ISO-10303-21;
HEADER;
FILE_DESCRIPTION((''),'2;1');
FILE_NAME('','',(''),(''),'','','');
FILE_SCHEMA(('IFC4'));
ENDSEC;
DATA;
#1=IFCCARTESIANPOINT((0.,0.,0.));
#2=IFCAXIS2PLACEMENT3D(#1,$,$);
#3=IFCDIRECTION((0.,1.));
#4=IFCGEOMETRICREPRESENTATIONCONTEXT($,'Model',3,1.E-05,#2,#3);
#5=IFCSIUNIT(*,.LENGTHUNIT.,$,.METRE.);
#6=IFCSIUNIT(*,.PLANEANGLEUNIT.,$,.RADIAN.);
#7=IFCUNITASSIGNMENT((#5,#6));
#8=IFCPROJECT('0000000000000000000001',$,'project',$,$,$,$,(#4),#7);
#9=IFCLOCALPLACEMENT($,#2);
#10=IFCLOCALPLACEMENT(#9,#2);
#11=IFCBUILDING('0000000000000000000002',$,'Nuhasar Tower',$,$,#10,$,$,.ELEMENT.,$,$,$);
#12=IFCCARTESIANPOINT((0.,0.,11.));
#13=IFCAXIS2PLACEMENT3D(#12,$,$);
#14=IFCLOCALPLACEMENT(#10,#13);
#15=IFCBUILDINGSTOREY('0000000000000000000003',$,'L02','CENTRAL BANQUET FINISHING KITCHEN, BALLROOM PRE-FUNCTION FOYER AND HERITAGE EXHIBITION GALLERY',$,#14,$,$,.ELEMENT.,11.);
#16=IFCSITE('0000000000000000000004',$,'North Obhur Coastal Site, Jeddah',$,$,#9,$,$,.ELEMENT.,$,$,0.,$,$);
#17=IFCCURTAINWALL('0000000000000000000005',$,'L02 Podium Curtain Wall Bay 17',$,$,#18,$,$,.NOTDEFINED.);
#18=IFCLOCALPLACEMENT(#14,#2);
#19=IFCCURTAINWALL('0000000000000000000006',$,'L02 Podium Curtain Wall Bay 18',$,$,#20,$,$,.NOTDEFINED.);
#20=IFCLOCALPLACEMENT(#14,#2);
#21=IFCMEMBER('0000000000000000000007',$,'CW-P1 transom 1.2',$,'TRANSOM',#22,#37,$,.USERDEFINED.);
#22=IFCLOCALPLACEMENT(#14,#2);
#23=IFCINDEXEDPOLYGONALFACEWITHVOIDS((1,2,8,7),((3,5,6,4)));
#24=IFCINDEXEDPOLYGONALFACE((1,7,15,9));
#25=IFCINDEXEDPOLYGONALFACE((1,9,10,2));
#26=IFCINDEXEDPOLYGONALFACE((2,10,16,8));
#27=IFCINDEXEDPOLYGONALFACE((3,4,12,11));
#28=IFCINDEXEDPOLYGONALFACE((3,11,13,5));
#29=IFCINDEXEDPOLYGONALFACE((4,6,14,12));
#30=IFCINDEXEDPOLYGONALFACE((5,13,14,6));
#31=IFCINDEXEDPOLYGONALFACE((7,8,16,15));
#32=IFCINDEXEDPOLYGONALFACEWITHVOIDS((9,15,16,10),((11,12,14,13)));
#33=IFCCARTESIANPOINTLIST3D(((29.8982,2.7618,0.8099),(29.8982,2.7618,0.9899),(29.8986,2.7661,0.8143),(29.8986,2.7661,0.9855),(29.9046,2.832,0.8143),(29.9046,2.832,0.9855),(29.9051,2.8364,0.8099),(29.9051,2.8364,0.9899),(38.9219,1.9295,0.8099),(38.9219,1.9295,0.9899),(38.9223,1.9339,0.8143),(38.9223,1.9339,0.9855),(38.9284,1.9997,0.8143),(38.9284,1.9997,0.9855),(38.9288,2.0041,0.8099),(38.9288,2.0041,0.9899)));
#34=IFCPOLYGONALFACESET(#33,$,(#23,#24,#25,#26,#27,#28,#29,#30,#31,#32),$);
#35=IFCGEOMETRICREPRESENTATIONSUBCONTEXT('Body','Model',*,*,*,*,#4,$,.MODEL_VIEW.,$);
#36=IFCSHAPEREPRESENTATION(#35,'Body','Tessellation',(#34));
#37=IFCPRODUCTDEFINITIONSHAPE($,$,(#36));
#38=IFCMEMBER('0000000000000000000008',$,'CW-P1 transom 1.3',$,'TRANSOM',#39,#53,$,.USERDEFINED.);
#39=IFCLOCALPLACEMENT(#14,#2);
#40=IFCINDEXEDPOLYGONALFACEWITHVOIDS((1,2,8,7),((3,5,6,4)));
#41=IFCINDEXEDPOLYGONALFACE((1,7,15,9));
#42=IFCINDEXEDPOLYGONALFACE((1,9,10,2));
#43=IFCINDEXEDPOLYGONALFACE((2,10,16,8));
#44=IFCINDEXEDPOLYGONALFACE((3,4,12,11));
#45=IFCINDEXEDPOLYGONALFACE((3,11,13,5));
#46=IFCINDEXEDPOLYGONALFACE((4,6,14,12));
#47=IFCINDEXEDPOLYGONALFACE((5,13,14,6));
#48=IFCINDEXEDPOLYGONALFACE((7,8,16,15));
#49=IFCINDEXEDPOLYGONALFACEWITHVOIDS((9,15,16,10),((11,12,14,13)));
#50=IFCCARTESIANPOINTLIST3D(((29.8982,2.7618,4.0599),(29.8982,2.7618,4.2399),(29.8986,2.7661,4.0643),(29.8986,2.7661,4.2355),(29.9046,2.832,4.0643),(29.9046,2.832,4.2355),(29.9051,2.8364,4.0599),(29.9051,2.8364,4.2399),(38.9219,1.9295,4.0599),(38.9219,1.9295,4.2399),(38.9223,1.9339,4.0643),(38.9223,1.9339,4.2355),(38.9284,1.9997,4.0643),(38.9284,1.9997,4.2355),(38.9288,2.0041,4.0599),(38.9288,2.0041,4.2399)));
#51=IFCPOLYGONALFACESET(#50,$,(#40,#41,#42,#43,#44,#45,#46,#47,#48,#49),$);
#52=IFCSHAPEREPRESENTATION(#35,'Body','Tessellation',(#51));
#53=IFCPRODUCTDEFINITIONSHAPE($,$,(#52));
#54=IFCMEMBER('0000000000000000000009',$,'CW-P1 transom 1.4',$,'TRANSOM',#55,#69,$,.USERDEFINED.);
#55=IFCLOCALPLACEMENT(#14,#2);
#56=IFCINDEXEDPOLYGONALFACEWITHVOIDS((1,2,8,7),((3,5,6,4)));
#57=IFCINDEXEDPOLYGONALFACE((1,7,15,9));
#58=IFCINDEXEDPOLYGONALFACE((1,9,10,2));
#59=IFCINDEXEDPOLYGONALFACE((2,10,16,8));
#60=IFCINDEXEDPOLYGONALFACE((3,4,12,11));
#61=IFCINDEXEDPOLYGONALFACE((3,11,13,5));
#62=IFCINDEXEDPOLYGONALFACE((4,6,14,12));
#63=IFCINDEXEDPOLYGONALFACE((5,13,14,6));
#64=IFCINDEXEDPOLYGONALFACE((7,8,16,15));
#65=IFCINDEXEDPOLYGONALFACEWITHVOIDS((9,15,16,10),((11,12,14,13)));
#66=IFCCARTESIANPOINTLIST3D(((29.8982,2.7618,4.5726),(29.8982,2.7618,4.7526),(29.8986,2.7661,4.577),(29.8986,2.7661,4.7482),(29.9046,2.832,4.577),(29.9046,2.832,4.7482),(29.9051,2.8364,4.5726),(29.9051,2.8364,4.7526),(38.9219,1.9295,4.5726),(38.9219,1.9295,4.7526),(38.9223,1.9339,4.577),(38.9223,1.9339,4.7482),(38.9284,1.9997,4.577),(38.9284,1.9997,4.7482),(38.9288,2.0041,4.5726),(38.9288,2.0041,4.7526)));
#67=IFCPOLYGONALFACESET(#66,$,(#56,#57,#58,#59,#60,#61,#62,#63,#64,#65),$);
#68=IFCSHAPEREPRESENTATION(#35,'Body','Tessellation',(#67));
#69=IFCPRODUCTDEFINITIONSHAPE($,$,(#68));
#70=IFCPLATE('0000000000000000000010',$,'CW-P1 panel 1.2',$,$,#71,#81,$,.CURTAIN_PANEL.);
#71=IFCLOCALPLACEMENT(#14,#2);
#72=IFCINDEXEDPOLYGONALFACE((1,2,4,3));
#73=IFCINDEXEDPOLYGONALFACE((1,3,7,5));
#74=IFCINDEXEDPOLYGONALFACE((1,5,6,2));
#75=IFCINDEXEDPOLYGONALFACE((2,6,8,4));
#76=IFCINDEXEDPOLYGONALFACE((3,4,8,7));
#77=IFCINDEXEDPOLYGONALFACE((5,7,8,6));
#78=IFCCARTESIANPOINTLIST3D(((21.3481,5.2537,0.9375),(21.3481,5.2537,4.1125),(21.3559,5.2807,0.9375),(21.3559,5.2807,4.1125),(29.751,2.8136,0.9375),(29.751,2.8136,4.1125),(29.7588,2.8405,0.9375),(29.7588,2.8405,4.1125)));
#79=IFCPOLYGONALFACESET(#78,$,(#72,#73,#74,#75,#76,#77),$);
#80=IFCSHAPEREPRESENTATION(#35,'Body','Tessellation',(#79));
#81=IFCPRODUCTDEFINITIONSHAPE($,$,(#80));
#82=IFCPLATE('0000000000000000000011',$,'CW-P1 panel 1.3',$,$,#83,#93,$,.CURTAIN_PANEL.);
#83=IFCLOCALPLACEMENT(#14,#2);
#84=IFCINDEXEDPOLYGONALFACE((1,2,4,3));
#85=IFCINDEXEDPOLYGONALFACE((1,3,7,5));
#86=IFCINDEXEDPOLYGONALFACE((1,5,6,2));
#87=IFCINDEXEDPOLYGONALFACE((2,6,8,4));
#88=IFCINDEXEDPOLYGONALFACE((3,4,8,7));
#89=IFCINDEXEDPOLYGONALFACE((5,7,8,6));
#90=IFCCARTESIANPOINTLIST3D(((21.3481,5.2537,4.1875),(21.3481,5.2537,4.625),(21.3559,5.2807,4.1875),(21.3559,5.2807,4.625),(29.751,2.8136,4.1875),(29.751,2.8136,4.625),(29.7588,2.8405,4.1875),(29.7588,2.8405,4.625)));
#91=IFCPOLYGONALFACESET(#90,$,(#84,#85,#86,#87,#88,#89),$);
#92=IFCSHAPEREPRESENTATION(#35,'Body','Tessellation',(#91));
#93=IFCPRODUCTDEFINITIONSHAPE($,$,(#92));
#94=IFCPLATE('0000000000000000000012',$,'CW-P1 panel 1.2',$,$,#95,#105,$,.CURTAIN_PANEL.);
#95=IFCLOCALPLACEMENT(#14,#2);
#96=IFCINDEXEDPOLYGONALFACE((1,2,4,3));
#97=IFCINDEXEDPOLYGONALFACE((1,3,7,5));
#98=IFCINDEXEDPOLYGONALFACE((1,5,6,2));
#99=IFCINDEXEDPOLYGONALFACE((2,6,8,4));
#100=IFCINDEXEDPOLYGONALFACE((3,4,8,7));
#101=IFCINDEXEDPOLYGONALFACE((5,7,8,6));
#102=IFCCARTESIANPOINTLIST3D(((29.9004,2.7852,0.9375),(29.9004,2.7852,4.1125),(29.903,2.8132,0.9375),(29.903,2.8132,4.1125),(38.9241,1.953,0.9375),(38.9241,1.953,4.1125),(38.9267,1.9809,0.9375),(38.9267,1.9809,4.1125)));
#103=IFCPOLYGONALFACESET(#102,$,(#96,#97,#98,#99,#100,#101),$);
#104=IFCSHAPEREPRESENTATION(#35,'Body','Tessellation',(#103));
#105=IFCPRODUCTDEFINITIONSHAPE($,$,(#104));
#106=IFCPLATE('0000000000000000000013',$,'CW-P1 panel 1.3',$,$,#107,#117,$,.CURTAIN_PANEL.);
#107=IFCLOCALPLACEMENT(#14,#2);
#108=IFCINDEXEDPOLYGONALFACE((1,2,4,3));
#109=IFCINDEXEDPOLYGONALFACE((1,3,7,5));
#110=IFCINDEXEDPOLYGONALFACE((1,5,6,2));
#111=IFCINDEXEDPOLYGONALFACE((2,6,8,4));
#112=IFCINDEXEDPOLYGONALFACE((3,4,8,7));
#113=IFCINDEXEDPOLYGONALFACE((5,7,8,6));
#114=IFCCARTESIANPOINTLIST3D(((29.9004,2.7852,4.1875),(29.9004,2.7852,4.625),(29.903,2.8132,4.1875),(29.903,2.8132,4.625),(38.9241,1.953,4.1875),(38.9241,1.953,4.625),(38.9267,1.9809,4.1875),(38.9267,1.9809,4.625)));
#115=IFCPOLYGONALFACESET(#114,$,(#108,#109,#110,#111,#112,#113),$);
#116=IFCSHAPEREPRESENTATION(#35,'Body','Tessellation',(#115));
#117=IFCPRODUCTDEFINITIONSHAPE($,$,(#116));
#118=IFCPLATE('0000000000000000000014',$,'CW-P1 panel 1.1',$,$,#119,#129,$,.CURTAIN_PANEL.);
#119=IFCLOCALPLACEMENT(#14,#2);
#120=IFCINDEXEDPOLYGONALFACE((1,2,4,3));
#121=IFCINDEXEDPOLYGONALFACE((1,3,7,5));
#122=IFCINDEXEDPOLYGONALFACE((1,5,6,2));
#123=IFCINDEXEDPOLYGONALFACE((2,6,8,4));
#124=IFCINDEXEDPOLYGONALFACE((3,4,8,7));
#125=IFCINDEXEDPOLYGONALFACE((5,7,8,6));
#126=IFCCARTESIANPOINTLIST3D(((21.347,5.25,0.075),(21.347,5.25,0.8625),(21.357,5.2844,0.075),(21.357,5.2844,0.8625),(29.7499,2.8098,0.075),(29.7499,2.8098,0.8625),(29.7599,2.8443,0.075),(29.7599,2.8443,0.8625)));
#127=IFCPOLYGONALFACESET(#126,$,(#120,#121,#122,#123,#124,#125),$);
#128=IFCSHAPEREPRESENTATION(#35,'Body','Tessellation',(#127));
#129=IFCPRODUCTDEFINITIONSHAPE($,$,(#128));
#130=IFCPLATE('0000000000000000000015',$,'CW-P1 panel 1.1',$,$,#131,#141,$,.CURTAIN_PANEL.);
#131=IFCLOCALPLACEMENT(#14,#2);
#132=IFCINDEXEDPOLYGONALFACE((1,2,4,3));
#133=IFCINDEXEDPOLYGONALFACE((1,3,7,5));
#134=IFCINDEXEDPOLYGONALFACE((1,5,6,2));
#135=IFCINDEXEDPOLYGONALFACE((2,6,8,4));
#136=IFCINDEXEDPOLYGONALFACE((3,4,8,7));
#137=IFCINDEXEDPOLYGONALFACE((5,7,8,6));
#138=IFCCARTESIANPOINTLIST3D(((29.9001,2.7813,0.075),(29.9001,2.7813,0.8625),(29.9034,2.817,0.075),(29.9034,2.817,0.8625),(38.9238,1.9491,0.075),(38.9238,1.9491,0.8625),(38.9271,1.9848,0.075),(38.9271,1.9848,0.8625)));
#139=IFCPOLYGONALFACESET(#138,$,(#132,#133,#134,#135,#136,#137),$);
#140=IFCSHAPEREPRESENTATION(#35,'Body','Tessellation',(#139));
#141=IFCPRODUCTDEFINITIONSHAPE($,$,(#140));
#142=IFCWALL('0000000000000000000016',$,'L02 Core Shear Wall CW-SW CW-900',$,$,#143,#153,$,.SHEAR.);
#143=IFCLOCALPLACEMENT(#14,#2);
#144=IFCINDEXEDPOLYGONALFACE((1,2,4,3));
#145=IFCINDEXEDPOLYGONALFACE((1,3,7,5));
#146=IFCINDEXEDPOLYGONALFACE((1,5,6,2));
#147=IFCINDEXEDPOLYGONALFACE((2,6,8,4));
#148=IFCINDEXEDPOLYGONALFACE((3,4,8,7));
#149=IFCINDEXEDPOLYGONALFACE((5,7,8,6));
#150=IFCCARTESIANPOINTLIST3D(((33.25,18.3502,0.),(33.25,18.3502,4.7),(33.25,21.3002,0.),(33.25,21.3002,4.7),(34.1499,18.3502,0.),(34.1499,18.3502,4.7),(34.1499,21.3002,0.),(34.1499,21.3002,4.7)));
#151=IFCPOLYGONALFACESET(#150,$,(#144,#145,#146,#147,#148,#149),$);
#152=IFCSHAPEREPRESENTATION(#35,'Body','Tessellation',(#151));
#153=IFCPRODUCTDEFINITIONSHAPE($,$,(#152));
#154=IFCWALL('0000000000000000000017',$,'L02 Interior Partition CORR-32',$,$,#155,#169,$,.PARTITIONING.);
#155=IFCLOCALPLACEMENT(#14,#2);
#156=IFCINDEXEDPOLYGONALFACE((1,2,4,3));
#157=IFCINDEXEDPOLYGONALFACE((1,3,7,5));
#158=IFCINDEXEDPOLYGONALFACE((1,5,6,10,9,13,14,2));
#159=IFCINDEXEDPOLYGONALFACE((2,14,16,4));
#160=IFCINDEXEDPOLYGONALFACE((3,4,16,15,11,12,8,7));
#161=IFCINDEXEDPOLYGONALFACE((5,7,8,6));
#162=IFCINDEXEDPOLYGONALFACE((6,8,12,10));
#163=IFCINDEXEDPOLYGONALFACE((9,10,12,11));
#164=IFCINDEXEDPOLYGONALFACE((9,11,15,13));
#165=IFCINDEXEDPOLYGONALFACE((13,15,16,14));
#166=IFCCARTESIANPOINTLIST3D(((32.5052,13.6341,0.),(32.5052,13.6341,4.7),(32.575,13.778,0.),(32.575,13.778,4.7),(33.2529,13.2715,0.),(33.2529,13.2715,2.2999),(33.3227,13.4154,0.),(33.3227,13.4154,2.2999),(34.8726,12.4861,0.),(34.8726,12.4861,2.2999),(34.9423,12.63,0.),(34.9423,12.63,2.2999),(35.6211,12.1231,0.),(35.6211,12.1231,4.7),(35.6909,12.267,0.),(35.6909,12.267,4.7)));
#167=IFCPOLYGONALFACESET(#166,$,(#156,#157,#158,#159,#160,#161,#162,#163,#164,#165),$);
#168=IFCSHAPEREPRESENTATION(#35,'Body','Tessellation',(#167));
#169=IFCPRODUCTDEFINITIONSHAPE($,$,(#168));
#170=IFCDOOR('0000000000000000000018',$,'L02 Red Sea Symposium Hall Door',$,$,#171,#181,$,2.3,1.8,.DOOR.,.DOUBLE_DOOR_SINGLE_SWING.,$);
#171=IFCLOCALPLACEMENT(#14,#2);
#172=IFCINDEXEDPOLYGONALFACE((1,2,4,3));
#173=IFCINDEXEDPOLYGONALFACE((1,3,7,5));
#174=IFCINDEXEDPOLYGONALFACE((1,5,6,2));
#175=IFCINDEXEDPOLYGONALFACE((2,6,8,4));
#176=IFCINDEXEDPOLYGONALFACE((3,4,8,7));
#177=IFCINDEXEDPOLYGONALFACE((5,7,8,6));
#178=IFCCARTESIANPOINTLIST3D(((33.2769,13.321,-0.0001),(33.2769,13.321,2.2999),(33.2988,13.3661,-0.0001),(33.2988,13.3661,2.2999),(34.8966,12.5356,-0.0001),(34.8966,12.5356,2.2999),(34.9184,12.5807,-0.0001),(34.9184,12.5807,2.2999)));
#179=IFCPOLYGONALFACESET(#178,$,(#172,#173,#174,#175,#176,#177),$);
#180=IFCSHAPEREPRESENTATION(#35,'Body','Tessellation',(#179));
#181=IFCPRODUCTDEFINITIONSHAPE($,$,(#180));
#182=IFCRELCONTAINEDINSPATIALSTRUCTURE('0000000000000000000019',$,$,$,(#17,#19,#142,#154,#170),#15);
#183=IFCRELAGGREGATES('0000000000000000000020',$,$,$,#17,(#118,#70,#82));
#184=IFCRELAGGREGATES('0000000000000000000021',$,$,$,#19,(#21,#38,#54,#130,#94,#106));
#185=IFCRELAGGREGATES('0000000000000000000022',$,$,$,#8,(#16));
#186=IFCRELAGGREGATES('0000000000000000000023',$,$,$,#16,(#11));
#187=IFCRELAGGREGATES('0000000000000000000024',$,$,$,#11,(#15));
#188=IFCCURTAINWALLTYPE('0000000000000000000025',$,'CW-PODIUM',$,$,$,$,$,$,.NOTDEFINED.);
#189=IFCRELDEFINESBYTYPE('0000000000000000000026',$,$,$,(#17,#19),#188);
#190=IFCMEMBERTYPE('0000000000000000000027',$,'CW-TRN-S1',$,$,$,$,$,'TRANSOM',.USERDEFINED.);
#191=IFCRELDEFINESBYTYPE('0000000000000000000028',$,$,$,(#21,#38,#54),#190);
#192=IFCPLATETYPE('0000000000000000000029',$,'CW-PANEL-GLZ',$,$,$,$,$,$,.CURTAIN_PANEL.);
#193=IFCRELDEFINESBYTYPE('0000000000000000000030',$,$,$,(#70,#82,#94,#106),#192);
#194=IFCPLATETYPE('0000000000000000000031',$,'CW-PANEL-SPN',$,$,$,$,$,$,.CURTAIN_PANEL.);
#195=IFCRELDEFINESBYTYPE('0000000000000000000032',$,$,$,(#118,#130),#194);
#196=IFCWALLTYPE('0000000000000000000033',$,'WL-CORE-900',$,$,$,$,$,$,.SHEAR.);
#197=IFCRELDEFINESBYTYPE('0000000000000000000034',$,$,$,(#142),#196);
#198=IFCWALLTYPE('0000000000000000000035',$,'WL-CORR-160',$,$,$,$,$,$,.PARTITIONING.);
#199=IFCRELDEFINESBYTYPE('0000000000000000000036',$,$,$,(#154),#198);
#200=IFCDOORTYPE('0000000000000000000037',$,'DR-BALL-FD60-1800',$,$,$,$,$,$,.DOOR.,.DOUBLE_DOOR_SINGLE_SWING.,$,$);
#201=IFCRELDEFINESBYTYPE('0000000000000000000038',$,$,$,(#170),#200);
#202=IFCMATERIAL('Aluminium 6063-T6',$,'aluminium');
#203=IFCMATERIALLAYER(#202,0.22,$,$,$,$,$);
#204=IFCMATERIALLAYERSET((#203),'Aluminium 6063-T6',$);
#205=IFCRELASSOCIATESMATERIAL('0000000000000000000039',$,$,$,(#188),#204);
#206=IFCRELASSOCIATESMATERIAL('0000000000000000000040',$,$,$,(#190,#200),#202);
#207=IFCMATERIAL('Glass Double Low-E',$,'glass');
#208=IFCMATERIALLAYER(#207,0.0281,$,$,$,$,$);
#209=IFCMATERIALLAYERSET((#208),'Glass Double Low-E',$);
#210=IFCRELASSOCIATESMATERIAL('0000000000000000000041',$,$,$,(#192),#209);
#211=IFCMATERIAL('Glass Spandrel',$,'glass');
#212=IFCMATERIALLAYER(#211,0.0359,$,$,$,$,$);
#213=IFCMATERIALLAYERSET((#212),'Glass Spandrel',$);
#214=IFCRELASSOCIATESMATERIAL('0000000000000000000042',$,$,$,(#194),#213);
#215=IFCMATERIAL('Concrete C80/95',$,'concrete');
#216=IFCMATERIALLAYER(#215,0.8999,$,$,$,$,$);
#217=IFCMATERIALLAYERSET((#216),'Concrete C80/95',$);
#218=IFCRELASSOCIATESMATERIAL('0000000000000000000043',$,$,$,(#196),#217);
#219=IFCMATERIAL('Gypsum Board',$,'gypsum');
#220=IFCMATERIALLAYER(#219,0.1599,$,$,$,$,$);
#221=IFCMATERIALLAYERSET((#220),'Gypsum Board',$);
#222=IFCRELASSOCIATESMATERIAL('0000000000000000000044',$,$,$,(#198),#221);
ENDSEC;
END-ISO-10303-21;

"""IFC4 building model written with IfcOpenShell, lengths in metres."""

from ifc_helpers import new_model, si_unit, direction, frame, frame_2d, origin, origin_2d, place, context, subcontext, project, spatial, rectangle, hollow_rectangle, extrude, material, layer, layer_set, material_profile, profile_set, type_object, element, fill, aggregate, save


model = new_model("IFC4")

# Units and contexts
model_context = context("Model", 3, precision=1e-05, world=origin(), true_north=direction((0.0, 1.0)))
body_context = subcontext(model_context, "Body", "Model", "MODEL_VIEW")
ifc_project = project(units=[si_unit("LENGTHUNIT", "METRE"), si_unit("PLANEANGLEUNIT", "RADIAN")], contexts=[model_context])

# Site, building, storey
site_placement = place(None, origin())
site = spatial("IfcSite", under=ifc_project, at=site_placement, Name="North Obhur Coastal Site, Jeddah", CompositionType="ELEMENT", RefElevation=0.0)
building_placement = place(site_placement, origin())
building = spatial("IfcBuilding", under=site, at=building_placement, Name="Nuhasar Tower", CompositionType="ELEMENT")
storey_placement = place(building_placement, frame((0.0, 0.0, 11.0)))
storey = spatial("IfcBuildingStorey", under=building, at=storey_placement, Name="L02", Description="CENTRAL BANQUET FINISHING KITCHEN, BALLROOM PRE-FUNCTION FOYER AND HERITAGE EXHIBITION GALLERY", CompositionType="ELEMENT", Elevation=11.0)

# Curtain wall
ifc_material_1 = material(Name="Aluminium 6063-T6", Category="aluminium")
ifc_layer_1 = layer(ifc_material_1, 0.22)
ifc_layer_set_1 = layer_set([ifc_layer_1], Name="Aluminium 6063-T6")
curtain_wall_type = type_object("IfcCurtainWallType", Name="CW-PODIUM", PredefinedType="NOTDEFINED", material=ifc_layer_set_1)
curtain_wall_1_placement = place(storey_placement, origin())
curtain_wall_1 = element("IfcCurtainWall", 1, at=curtain_wall_1_placement, inside=storey, type_object=curtain_wall_type, Name="L02 Podium Curtain Wall Bay 17", PredefinedType="NOTDEFINED")

# Curtain wall
curtain_wall_2_placement = place(storey_placement, origin())
curtain_wall_2 = element("IfcCurtainWall", 2, at=curtain_wall_2_placement, inside=storey, type_object=curtain_wall_type, Name="L02 Podium Curtain Wall Bay 18", PredefinedType="NOTDEFINED")

# Members
ifc_material_profile_1 = material_profile(ifc_material_1, hollow_rectangle(XDim=0.075, YDim=0.1799, WallThickness=0.0044, at=origin_2d()), Name="CWT-1")
ifc_profile_set_1 = profile_set([ifc_material_profile_1], Name="Aluminium 6063-T6")
member_type_1 = type_object("IfcMemberType", Name="CW-TRN-S1", ElementType="TRANSOM", PredefinedType="USERDEFINED", material=ifc_profile_set_1)
member_1_placement = place(storey_placement, frame((29.9016, 2.7991, 0.8999), z_axis=(0.995774, -0.091843, 0.0), x_axis=(0.091843, 0.995774, 0.0)))
member_1 = element("IfcMember", 3, at=member_1_placement, type_object=member_type_1, Name="CW-P1 transom 1.2", ObjectType="TRANSOM", PredefinedType="USERDEFINED", context=body_context, shape_type="SweptSolid", body=[
    extrude(hollow_rectangle(XDim=0.075, YDim=0.1799, WallThickness=0.0044, at=origin_2d()), origin(), (0.0, 0.0, 1.0), 9.062),
])
member_2_placement = place(storey_placement, frame((29.9016, 2.7991, 4.1499), z_axis=(0.995774, -0.091843, 0.0), x_axis=(0.091843, 0.995774, 0.0)))
member_2 = element("IfcMember", 4, at=member_2_placement, type_object=member_type_1, Name="CW-P1 transom 1.3", ObjectType="TRANSOM", PredefinedType="USERDEFINED", context=body_context, shape_type="SweptSolid", body=[
    extrude(hollow_rectangle(XDim=0.075, YDim=0.1799, WallThickness=0.0044, at=origin_2d()), origin(), (0.0, 0.0, 1.0), 9.062),
])
member_3_placement = place(storey_placement, frame((29.9016, 2.7991, 4.6626), z_axis=(0.995774, -0.091843, 0.0), x_axis=(0.091843, 0.995774, 0.0)))
member_3 = element("IfcMember", 5, at=member_3_placement, type_object=member_type_1, Name="CW-P1 transom 1.4", ObjectType="TRANSOM", PredefinedType="USERDEFINED", context=body_context, shape_type="SweptSolid", body=[
    extrude(hollow_rectangle(XDim=0.075, YDim=0.1799, WallThickness=0.0044, at=origin_2d()), origin(), (0.0, 0.0, 1.0), 9.062),
])

# Plates
ifc_material_2 = material(Name="Glass Double Low-E", Category="glass")
ifc_layer_2 = layer(ifc_material_2, 0.0281)
ifc_layer_set_2 = layer_set([ifc_layer_2], Name="Glass Double Low-E")
plate_type_1 = type_object("IfcPlateType", Name="CW-PANEL-GLZ", PredefinedType="CURTAIN_PANEL", material=ifc_layer_set_2)
plate_1_placement = place(storey_placement, frame((25.5535, 4.0471, 0.9375), z_axis=(0.0, 0.0, 1.0), x_axis=(0.960328, -0.278874, 0.0)))
plate_1 = element("IfcPlate", 6, at=plate_1_placement, type_object=plate_type_1, Name="CW-P1 panel 1.2", PredefinedType="CURTAIN_PANEL", context=body_context, shape_type="SweptSolid", body=[
    extrude(rectangle(XDim=8.75, YDim=0.0281, at=origin_2d()), origin(), (0.0, 0.0, 1.0), 3.175),
])
plate_2_placement = place(storey_placement, frame((25.5535, 4.0471, 4.1875), z_axis=(0.0, 0.0, 1.0), x_axis=(0.960328, -0.278874, 0.0)))
plate_2 = element("IfcPlate", 7, at=plate_2_placement, type_object=plate_type_1, Name="CW-P1 panel 1.3", PredefinedType="CURTAIN_PANEL", context=body_context, shape_type="SweptSolid", body=[
    extrude(rectangle(XDim=8.75, YDim=0.0281, at=origin_2d()), origin(), (0.0, 0.0, 1.0), 0.4375),
])
plate_3_placement = place(storey_placement, frame((34.4136, 2.3831, 0.9375), z_axis=(0.0, 0.0, 1.0), x_axis=(0.995774, -0.091837, 0.0)))
plate_3 = element("IfcPlate", 8, at=plate_3_placement, type_object=plate_type_1, Name="CW-P1 panel 1.2", PredefinedType="CURTAIN_PANEL", context=body_context, shape_type="SweptSolid", body=[
    extrude(rectangle(XDim=9.062, YDim=0.0281, at=origin_2d()), origin(), (0.0, 0.0, 1.0), 3.175),
])
plate_4_placement = place(storey_placement, frame((34.4136, 2.3831, 4.1875), z_axis=(0.0, 0.0, 1.0), x_axis=(0.995774, -0.091837, 0.0)))
plate_4 = element("IfcPlate", 9, at=plate_4_placement, type_object=plate_type_1, Name="CW-P1 panel 1.3", PredefinedType="CURTAIN_PANEL", context=body_context, shape_type="SweptSolid", body=[
    extrude(rectangle(XDim=9.062, YDim=0.0281, at=origin_2d()), origin(), (0.0, 0.0, 1.0), 0.4375),
])
ifc_material_3 = material(Name="Glass Spandrel", Category="glass")
ifc_layer_3 = layer(ifc_material_3, 0.0359)
ifc_layer_set_3 = layer_set([ifc_layer_3], Name="Glass Spandrel")
plate_type_2 = type_object("IfcPlateType", Name="CW-PANEL-SPN", PredefinedType="CURTAIN_PANEL", material=ifc_layer_set_3)
plate_5_placement = place(storey_placement, frame((25.5535, 4.0471, 0.075), z_axis=(0.0, 0.0, 1.0), x_axis=(0.960328, -0.278874, 0.0)))
plate_5 = element("IfcPlate", 10, at=plate_5_placement, type_object=plate_type_2, Name="CW-P1 panel 1.1", PredefinedType="CURTAIN_PANEL", context=body_context, shape_type="SweptSolid", body=[
    extrude(rectangle(XDim=8.75, YDim=0.0359, at=origin_2d()), origin(), (0.0, 0.0, 1.0), 0.7876),
])
aggregate(curtain_wall_1, [plate_5, plate_1, plate_2])
plate_6_placement = place(storey_placement, frame((34.4136, 2.3831, 0.075), z_axis=(0.0, 0.0, 1.0), x_axis=(0.995774, -0.091837, 0.0)))
plate_6 = element("IfcPlate", 11, at=plate_6_placement, type_object=plate_type_2, Name="CW-P1 panel 1.1", PredefinedType="CURTAIN_PANEL", context=body_context, shape_type="SweptSolid", body=[
    extrude(rectangle(XDim=9.062, YDim=0.0359, at=origin_2d()), origin(), (0.0, 0.0, 1.0), 0.7876),
])
aggregate(curtain_wall_2, [member_1, member_2, member_3, plate_6, plate_3, plate_4])

# Wall
ifc_material_4 = material(Name="Concrete C80/95", Category="concrete")
ifc_layer_4 = layer(ifc_material_4, 0.8999)
ifc_layer_set_4 = layer_set([ifc_layer_4], Name="Concrete C80/95")
wall_type_1 = type_object("IfcWallType", Name="WL-CORE-900", PredefinedType="SHEAR", material=ifc_layer_set_4)
wall_1_placement = place(storey_placement, frame((33.7, 18.3501, 0.0), z_axis=(0.0, 0.0, 1.0), x_axis=(0.0, 1.0, 0.0)))
element("IfcWall", 12, at=wall_1_placement, inside=storey, type_object=wall_type_1, Name="L02 Core Shear Wall CW-SW CW-900", PredefinedType="SHEAR", context=body_context, shape_type="SweptSolid", body=[
    extrude(rectangle(XDim=2.95, YDim=0.8999, at=frame_2d((1.4751, 0.0))), origin(), (0.0, 0.0, 1.0), 4.7),
])

# Wall, opening, door
ifc_material_5 = material(Name="Gypsum Board", Category="gypsum")
ifc_layer_5 = layer(ifc_material_5, 0.1599)
ifc_layer_set_5 = layer_set([ifc_layer_5], Name="Gypsum Board")
wall_type_2 = type_object("IfcWallType", Name="WL-CORR-160", PredefinedType="PARTITIONING", material=ifc_layer_set_5)
wall_2_placement = place(storey_placement, frame((35.656, 12.1951, 0.0), z_axis=(0.0, 0.0, 1.0), x_axis=(-0.89979, 0.436324, 0.0)))
wall_2 = element("IfcWall", 13, at=wall_2_placement, inside=storey, type_object=wall_type_2, Name="L02 Interior Partition CORR-32", PredefinedType="PARTITIONING", context=body_context, shape_type="SweptSolid", body=[
    extrude(rectangle(XDim=3.4629, YDim=0.1599, at=frame_2d((1.7314, 0.0))), origin(), (0.0, 0.0, 1.0), 4.7),
])
opening_1_placement = place(wall_2_placement, frame((0.832, 0.0, 0.0)))
opening_1 = element("IfcOpeningElement", 14, at=opening_1_placement, cuts=wall_2, PredefinedType="OPENING", context=body_context, shape_type="SweptSolid", body=[
    extrude(rectangle(XDim=1.8, YDim=2.3, at=frame_2d((0.8999, 1.1499))), frame((0.0, 0.0898, 0.0), z_axis=(0.0, -1.0, 0.0), x_axis=(1.0, 0.0, 0.0)), (0.0, 0.0, 1.0), 0.1799),
])
door_type_1 = type_object("IfcDoorType", Name="DR-BALL-FD60-1800", OperationType="DOUBLE_DOOR_SINGLE_SWING", PredefinedType="DOOR", material=ifc_material_1)
door_1_placement = place(opening_1_placement, origin())
door_1 = element("IfcDoor", 15, at=door_1_placement, inside=storey, type_object=door_type_1, Name="L02 Red Sea Symposium Hall Door", OperationType="DOUBLE_DOOR_SINGLE_SWING", OverallHeight=2.3, OverallWidth=1.8, PredefinedType="DOOR", context=body_context, shape_type="SweptSolid", body=[
    extrude(rectangle(XDim=1.8, YDim=2.3, at=frame_2d((0.8999, 1.1499))), frame((0.0, 0.0249, 0.0), z_axis=(0.0, -1.0, 0.0), x_axis=(1.0, 0.0, 0.0)), (0.0, 0.0, 1.0), 0.05),
])
fill(opening_1, door_1)

save(model, "model.ifc")
